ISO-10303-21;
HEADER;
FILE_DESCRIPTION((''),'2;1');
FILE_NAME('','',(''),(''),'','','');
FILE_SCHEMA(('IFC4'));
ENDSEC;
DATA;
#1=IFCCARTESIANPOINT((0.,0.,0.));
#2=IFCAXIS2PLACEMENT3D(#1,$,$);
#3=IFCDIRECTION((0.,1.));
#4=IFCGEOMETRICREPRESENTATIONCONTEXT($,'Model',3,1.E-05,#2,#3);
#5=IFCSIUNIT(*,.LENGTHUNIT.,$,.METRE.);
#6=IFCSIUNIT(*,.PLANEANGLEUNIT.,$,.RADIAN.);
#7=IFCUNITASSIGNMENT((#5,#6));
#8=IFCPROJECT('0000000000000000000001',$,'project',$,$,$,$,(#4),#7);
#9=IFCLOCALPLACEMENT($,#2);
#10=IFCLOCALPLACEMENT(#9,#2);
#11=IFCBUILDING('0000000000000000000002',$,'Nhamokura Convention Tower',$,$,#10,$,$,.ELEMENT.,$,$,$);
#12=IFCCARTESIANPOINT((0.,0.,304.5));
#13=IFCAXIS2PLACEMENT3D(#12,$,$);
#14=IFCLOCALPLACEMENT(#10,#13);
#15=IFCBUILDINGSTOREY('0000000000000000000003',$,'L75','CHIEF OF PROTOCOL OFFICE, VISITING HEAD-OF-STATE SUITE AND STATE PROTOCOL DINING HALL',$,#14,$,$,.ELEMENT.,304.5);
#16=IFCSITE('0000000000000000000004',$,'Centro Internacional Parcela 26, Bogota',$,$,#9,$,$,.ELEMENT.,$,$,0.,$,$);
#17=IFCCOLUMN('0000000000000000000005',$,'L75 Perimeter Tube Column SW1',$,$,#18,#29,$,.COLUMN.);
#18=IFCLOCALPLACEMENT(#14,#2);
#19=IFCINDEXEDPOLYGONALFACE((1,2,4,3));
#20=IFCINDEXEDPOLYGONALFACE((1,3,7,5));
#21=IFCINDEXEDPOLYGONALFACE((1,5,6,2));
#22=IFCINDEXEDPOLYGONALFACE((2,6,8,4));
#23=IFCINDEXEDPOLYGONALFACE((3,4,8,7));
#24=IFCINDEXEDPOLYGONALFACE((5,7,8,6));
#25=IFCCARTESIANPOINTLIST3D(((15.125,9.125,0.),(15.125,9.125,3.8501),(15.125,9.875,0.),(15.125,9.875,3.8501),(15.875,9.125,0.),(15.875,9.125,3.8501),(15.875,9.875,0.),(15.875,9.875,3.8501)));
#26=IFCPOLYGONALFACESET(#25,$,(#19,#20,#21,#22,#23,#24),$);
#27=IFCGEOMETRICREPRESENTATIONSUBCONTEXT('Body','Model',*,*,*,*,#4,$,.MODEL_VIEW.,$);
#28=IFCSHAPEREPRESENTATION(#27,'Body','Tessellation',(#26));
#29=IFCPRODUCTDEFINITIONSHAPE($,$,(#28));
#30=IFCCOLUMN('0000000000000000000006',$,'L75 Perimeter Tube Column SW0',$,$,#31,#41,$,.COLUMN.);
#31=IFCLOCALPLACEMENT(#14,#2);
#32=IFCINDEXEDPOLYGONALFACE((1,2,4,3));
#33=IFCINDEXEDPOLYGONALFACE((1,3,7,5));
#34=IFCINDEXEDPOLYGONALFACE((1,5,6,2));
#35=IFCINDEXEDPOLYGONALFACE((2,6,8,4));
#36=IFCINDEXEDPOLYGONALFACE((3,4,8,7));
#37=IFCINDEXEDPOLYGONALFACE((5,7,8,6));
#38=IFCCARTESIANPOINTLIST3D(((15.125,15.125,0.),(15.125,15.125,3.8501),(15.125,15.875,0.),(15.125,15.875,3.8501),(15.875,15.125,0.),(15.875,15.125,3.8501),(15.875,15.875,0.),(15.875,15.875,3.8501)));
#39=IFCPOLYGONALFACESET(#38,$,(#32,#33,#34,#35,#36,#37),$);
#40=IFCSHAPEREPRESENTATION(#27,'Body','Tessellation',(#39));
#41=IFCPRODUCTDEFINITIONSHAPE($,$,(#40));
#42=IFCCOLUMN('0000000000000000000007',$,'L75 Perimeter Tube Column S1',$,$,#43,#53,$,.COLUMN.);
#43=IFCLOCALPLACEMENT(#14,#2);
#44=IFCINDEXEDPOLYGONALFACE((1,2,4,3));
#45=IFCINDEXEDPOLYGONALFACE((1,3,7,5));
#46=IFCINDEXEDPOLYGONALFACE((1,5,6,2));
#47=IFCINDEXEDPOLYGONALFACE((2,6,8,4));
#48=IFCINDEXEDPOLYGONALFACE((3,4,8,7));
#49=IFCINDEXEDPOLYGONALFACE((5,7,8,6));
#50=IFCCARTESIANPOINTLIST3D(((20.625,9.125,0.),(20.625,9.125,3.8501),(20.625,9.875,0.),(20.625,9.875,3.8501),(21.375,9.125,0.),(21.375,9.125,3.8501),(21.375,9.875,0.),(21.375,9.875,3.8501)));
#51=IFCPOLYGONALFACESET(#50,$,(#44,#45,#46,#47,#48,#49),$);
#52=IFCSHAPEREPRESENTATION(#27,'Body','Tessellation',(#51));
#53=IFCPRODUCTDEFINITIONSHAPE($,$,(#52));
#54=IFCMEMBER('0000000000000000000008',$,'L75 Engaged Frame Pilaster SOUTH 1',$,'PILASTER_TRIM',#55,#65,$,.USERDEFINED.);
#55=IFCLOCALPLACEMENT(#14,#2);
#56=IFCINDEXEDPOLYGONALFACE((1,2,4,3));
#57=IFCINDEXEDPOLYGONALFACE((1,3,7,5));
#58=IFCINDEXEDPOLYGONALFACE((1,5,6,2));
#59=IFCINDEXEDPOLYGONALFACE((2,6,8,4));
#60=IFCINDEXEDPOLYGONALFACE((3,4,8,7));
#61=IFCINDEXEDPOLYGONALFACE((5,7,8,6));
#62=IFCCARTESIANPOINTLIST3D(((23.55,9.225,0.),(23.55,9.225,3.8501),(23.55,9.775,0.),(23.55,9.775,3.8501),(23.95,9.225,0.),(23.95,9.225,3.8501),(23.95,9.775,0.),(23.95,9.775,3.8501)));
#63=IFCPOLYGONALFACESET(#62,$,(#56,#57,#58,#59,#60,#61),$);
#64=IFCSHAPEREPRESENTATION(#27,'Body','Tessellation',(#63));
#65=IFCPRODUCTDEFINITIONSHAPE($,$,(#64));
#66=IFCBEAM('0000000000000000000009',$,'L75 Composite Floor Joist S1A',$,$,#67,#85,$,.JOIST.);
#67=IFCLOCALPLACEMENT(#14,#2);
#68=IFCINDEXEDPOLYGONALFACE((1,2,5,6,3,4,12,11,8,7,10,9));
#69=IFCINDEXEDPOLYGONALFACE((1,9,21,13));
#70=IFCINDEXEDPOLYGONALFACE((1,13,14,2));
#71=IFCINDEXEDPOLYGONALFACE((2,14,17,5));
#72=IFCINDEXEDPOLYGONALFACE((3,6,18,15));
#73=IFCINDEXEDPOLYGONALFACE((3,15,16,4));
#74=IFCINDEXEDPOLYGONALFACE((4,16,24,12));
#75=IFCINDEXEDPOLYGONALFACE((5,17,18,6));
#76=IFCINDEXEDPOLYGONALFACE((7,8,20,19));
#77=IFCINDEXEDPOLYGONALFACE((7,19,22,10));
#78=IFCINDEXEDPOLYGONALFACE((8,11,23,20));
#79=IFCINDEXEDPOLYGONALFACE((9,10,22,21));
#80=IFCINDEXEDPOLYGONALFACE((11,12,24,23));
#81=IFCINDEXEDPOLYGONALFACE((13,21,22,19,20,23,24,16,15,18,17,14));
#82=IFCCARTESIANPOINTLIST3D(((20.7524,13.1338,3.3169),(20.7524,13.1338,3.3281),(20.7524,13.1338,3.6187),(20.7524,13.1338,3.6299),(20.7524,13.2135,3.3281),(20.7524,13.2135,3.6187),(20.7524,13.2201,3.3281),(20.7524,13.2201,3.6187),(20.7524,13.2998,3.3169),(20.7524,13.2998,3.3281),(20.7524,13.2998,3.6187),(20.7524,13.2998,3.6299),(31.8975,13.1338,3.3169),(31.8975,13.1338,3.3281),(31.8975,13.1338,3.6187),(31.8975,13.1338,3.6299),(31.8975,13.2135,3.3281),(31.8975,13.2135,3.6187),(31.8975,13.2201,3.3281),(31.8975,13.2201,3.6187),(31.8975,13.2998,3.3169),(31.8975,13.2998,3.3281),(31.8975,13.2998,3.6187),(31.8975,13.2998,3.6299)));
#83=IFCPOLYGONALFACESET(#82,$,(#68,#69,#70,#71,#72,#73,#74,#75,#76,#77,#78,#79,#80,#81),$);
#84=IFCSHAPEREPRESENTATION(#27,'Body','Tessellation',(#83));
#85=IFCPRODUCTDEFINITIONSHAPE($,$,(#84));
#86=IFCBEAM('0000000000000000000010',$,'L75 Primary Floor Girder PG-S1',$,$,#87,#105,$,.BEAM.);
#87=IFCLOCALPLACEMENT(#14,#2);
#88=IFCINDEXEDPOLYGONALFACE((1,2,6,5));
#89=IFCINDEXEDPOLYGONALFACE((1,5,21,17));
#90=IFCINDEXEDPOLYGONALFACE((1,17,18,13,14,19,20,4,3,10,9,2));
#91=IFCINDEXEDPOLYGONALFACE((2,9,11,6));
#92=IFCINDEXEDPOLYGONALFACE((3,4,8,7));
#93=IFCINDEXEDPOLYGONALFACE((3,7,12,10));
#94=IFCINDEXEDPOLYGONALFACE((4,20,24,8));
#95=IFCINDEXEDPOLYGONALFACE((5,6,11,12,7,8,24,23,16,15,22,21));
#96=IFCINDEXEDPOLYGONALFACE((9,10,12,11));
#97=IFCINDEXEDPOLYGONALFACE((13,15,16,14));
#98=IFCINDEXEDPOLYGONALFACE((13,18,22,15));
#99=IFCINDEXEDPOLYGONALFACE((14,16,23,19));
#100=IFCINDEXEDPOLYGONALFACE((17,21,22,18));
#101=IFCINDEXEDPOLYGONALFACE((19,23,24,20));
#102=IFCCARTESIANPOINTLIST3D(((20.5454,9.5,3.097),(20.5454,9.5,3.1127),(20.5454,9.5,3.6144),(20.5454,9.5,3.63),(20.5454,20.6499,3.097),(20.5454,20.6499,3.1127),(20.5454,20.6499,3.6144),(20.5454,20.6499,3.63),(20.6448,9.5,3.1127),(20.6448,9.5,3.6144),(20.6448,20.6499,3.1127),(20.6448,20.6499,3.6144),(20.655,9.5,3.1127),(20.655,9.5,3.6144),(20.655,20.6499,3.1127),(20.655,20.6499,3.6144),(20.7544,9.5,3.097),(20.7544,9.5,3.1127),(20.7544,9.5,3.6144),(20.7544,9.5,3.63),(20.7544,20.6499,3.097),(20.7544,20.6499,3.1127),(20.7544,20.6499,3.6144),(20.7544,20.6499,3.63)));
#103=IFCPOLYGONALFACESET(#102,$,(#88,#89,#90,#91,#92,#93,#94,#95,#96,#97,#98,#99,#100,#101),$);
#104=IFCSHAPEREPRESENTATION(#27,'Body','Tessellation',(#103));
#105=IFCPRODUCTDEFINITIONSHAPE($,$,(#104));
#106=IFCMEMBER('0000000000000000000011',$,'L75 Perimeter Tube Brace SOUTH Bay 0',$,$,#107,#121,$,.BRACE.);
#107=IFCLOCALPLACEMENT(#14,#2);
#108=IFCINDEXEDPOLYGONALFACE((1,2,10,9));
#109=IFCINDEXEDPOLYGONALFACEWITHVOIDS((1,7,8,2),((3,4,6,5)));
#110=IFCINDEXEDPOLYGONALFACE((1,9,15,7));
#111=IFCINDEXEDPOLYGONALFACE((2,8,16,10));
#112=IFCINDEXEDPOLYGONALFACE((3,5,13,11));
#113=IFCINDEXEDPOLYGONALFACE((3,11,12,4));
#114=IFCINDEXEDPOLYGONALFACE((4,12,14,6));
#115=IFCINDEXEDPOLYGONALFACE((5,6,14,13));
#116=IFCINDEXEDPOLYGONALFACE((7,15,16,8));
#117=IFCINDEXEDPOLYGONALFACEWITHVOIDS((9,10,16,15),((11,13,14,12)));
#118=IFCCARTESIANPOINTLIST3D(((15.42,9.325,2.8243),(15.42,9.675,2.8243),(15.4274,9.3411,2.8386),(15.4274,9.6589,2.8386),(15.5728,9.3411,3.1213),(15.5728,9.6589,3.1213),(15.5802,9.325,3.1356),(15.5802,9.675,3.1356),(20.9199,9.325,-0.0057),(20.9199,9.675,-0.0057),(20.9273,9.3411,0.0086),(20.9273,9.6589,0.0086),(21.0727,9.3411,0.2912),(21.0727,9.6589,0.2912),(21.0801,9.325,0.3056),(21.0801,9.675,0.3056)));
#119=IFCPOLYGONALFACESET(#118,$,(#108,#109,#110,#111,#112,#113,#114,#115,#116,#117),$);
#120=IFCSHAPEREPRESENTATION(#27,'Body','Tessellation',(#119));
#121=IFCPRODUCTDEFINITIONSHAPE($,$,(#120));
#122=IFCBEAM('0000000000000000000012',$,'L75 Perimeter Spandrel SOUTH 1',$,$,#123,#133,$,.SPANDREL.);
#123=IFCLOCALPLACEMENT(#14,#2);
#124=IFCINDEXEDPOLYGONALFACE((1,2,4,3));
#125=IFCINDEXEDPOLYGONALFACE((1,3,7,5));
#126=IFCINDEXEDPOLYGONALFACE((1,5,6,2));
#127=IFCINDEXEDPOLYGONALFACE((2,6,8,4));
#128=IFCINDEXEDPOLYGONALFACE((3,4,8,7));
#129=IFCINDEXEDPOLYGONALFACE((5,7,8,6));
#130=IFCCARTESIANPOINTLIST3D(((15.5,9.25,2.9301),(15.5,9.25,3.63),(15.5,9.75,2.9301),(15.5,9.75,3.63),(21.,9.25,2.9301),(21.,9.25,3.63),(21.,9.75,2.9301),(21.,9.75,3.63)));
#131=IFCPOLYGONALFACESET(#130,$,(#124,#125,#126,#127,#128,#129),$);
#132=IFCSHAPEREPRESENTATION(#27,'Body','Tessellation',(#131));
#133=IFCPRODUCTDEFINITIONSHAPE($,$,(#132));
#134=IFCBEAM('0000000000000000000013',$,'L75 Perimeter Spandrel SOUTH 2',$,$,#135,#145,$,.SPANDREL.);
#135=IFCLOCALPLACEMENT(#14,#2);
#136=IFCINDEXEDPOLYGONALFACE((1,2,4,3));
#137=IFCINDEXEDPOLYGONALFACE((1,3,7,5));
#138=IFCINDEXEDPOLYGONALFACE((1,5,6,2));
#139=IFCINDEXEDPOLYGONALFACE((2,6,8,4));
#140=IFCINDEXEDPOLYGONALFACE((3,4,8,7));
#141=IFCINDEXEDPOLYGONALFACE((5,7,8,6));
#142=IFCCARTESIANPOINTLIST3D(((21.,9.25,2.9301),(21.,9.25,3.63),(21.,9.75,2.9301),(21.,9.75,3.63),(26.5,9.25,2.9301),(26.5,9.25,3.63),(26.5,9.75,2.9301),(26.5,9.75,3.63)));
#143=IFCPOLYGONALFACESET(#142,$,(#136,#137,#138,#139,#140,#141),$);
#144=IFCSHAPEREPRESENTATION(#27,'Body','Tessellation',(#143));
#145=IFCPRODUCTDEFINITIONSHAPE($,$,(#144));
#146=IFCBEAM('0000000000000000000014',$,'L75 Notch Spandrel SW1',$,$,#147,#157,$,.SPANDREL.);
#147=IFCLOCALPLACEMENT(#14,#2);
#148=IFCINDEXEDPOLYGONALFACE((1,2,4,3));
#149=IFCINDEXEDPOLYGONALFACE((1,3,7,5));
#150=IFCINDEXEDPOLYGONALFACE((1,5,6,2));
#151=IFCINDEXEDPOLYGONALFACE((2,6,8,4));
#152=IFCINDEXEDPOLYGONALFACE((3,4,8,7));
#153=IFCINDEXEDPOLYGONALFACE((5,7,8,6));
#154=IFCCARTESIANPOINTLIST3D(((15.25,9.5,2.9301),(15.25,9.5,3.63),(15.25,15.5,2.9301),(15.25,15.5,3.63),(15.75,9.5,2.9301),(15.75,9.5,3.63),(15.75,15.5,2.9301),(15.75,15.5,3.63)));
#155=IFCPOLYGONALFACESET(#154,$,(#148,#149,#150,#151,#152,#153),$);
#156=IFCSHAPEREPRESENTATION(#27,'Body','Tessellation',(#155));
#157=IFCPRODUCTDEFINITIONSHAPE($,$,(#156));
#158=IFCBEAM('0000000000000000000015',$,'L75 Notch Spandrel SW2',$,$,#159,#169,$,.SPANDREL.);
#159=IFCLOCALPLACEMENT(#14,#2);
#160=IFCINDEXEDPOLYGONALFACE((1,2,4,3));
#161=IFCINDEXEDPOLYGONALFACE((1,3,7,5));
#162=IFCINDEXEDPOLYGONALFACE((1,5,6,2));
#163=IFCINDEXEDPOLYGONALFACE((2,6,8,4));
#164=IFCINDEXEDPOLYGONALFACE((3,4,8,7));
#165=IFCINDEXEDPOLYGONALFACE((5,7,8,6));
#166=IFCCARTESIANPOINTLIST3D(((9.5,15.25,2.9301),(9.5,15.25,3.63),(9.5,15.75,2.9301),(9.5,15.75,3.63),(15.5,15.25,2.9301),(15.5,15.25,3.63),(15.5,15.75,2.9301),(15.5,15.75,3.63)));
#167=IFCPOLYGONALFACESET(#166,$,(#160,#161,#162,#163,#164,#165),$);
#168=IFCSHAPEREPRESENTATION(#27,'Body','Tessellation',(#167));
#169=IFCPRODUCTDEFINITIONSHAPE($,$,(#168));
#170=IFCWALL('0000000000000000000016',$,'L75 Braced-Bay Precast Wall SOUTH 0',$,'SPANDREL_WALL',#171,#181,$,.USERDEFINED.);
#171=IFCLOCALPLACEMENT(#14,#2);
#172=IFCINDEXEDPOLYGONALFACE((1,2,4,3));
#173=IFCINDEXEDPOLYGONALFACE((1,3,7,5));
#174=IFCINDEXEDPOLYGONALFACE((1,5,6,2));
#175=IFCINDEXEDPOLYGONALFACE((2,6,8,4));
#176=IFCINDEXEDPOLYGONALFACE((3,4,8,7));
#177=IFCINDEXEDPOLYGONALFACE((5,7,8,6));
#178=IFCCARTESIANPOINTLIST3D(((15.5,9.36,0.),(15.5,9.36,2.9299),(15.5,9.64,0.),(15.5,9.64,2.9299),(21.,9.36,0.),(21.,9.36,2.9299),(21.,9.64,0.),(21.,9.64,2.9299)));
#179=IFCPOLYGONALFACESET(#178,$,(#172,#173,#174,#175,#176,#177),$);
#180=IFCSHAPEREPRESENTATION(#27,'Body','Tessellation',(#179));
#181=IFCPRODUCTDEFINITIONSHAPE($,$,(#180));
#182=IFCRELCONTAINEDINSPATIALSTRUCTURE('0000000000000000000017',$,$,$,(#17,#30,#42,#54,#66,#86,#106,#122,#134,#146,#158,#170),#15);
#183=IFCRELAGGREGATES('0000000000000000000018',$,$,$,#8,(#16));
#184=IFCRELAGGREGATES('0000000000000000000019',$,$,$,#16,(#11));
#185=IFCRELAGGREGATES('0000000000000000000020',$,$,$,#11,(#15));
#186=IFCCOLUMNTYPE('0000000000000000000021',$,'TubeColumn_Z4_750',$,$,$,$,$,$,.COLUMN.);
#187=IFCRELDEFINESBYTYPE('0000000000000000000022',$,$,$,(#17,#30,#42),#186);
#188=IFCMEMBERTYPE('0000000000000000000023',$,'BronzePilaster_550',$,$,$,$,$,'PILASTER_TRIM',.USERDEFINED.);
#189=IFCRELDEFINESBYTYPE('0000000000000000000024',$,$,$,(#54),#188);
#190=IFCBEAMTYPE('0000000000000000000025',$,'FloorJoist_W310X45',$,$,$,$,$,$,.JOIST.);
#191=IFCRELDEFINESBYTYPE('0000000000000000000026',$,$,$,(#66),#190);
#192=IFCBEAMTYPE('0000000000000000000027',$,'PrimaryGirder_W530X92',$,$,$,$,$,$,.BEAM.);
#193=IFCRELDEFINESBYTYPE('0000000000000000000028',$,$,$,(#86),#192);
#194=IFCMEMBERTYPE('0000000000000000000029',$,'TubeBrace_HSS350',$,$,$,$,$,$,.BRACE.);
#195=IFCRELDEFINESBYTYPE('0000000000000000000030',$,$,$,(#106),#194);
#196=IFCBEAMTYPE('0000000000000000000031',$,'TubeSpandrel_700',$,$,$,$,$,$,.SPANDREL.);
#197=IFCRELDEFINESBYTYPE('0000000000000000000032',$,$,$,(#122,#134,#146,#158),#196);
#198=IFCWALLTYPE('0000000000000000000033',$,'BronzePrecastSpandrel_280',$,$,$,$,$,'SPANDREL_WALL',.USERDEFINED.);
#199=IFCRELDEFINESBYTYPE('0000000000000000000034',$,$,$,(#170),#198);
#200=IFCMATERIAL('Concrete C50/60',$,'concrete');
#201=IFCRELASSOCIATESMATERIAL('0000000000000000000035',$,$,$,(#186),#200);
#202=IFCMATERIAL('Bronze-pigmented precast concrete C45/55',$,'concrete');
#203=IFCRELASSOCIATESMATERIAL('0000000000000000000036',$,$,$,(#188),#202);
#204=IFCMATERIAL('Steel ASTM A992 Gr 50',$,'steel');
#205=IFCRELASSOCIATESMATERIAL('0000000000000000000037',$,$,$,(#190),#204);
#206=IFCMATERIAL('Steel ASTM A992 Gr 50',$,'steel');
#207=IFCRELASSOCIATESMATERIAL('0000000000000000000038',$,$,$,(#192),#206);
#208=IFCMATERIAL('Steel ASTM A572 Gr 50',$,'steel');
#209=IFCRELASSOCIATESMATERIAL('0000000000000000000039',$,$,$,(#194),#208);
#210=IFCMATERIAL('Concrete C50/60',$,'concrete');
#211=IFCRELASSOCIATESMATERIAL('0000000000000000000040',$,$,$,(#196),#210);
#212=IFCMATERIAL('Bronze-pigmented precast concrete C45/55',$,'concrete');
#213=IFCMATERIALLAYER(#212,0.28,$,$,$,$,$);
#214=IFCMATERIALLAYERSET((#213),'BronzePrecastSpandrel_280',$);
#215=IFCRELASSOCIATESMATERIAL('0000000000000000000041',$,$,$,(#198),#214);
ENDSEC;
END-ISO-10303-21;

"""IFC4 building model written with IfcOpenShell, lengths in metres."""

from ifc_helpers import new_model, si_unit, direction, frame, frame_2d, origin, origin_2d, place, context, subcontext, project, spatial, rectangle, hollow_rectangle, i_section, extrude, material, layer, layer_set, material_profile, profile_set, type_object, element, save


model = new_model("IFC4")

# Units and contexts
model_context = context("Model", 3, precision=1e-05, world=origin(), true_north=direction((0.0, 1.0)))
body_context = subcontext(model_context, "Body", "Model", "MODEL_VIEW")
ifc_project = project(units=[si_unit("LENGTHUNIT", "METRE"), si_unit("PLANEANGLEUNIT", "RADIAN")], contexts=[model_context])

# Site, building, storey
site_placement = place(None, origin())
site = spatial("IfcSite", under=ifc_project, at=site_placement, Name="Centro Internacional Parcela 26, Bogota", CompositionType="ELEMENT", RefElevation=0.0)
building_placement = place(site_placement, origin())
building = spatial("IfcBuilding", under=site, at=building_placement, Name="Nhamokura Convention Tower", CompositionType="ELEMENT")
storey_placement = place(building_placement, frame((0.0, 0.0, 304.5)))
storey = spatial("IfcBuildingStorey", under=building, at=storey_placement, Name="L75", Description="CHIEF OF PROTOCOL OFFICE, VISITING HEAD-OF-STATE SUITE AND STATE PROTOCOL DINING HALL", CompositionType="ELEMENT", Elevation=304.5)

# Columns
ifc_material_1 = material(Name="Concrete C50/60", Category="concrete")
ifc_material_profile_1 = material_profile(ifc_material_1, rectangle(XDim=0.75, YDim=0.75, at=origin_2d()))
ifc_profile_set_1 = profile_set([ifc_material_profile_1], Name="Concrete C50/60")
column_type = type_object("IfcColumnType", Name="TubeColumn_Z4_750", PredefinedType="COLUMN", material=ifc_profile_set_1)
for number, where, z_axis, x_axis, name in (
    (1, (15.5, 9.5, 0.0), (0.0, 0.0, 1.0), (1.0, 0.0, 0.0), "L75 Perimeter Tube Column SW1"),
    (2, (15.5, 15.5, 0.0), (0.0, 0.0, 1.0), (1.0, 0.0, 0.0), "L75 Perimeter Tube Column SW0"),
    (3, (21.0, 9.5, 0.0), (0.0, 0.0, 1.0), (1.0, 0.0, 0.0), "L75 Perimeter Tube Column S1"),
):
    element("IfcColumn", number, at=place(storey_placement, frame(where, z_axis=z_axis, x_axis=x_axis)), inside=storey, type_object=column_type, Name=name, PredefinedType="COLUMN", context=body_context, shape_type="SweptSolid", body=[
        extrude(rectangle(XDim=0.75, YDim=0.75, at=origin_2d()), origin(), (0.0, 0.0, 1.0), 3.8501),
    ])

# Member
ifc_material_2 = material(Name="Bronze-pigmented precast concrete C45/55", Category="concrete")
ifc_material_profile_2 = material_profile(ifc_material_2, rectangle(XDim=0.3999, YDim=0.55, at=origin_2d()))
ifc_profile_set_2 = profile_set([ifc_material_profile_2], Name="Bronze-pigmented precast concrete C45/55")
member_type_1 = type_object("IfcMemberType", Name="BronzePilaster_550", ElementType="PILASTER_TRIM", PredefinedType="USERDEFINED", material=ifc_profile_set_2)
member_1_placement = place(storey_placement, frame((23.75, 9.5, 0.0), z_axis=(0.0, 0.0, 1.0), x_axis=(1.0, 0.0, 0.0)))
element("IfcMember", 4, at=member_1_placement, inside=storey, type_object=member_type_1, Name="L75 Engaged Frame Pilaster SOUTH 1", ObjectType="PILASTER_TRIM", PredefinedType="USERDEFINED", context=body_context, shape_type="SweptSolid", body=[
    extrude(rectangle(XDim=0.3999, YDim=0.55, at=origin_2d()), origin(), (0.0, 0.0, 1.0), 3.8501),
])

# Beams
ifc_material_3 = material(Name="Steel ASTM A992 Gr 50", Category="steel")
ifc_material_profile_3 = material_profile(ifc_material_3, i_section(OverallWidth=0.166, OverallDepth=0.313, WebThickness=0.0066, FlangeThickness=0.0112, at=origin_2d()))
ifc_profile_set_3 = profile_set([ifc_material_profile_3], Name="Steel ASTM A992 Gr 50")
beam_type_1 = type_object("IfcBeamType", Name="FloorJoist_W310X45", PredefinedType="JOIST", material=ifc_profile_set_3)
beam_1_placement = place(storey_placement, frame((20.7524, 13.2168, 3.4734), z_axis=(1.0, 0.0, 0.0), x_axis=(0.0, 1.0, 0.0)))
element("IfcBeam", 5, at=beam_1_placement, inside=storey, type_object=beam_type_1, Name="L75 Composite Floor Joist S1A", PredefinedType="JOIST", context=body_context, shape_type="SweptSolid", body=[
    extrude(i_section(OverallWidth=0.166, OverallDepth=0.313, WebThickness=0.0066, FlangeThickness=0.0112, at=origin_2d()), origin(), (0.0, 0.0, 1.0), 11.145),
])
ifc_material_4 = material(Name="Steel ASTM A992 Gr 50", Category="steel")
ifc_material_profile_4 = material_profile(ifc_material_4, i_section(OverallWidth=0.209, OverallDepth=0.533, WebThickness=0.0103, FlangeThickness=0.0156, at=origin_2d()))
ifc_profile_set_4 = profile_set([ifc_material_profile_4], Name="Steel ASTM A992 Gr 50")
beam_type_2 = type_object("IfcBeamType", Name="PrimaryGirder_W530X92", PredefinedType="BEAM", material=ifc_profile_set_4)
beam_2_placement = place(storey_placement, frame((20.6499, 9.5, 3.3635), z_axis=(0.0, 1.0, 0.0), x_axis=(-1.0, 0.0, 0.0)))
element("IfcBeam", 6, at=beam_2_placement, inside=storey, type_object=beam_type_2, Name="L75 Primary Floor Girder PG-S1", PredefinedType="BEAM", context=body_context, shape_type="SweptSolid", body=[
    extrude(i_section(OverallWidth=0.209, OverallDepth=0.533, WebThickness=0.0103, FlangeThickness=0.0156, at=origin_2d()), origin(), (0.0, 0.0, 1.0), 11.1499),
])

# Member
ifc_material_5 = material(Name="Steel ASTM A572 Gr 50", Category="steel")
ifc_material_profile_5 = material_profile(ifc_material_5, hollow_rectangle(XDim=0.3501, YDim=0.3501, WallThickness=0.0161, at=origin_2d()))
ifc_profile_set_5 = profile_set([ifc_material_profile_5], Name="Steel ASTM A572 Gr 50")
member_type_2 = type_object("IfcMemberType", Name="TubeBrace_HSS350", PredefinedType="BRACE", material=ifc_profile_set_5)
member_2_placement = place(storey_placement, frame((21.0, 9.5, 0.1499), z_axis=(-0.889189, 0.0, 0.457541), x_axis=(0.0, -1.0, 0.0)))
element("IfcMember", 7, at=member_2_placement, inside=storey, type_object=member_type_2, Name="L75 Perimeter Tube Brace SOUTH Bay 0", PredefinedType="BRACE", context=body_context, shape_type="SweptSolid", body=[
    extrude(hollow_rectangle(XDim=0.3501, YDim=0.3501, WallThickness=0.0161, at=origin_2d()), origin(), (0.0, 0.0, 1.0), 6.1853),
])

# Beams
ifc_material_6 = material(Name="Concrete C50/60", Category="concrete")
ifc_material_profile_6 = material_profile(ifc_material_6, rectangle(XDim=0.5, YDim=0.7, at=origin_2d()))
ifc_profile_set_6 = profile_set([ifc_material_profile_6], Name="Concrete C50/60")
beam_type_3 = type_object("IfcBeamType", Name="TubeSpandrel_700", PredefinedType="SPANDREL", material=ifc_profile_set_6)
for number, where, z_axis, x_axis, name in (
    (8, (15.5, 9.5, 3.28), (1.0, 0.0, 0.0), (0.0, 1.0, 0.0), "L75 Perimeter Spandrel SOUTH 1"),
    (9, (21.0, 9.5, 3.28), (1.0, 0.0, 0.0), (0.0, 1.0, 0.0), "L75 Perimeter Spandrel SOUTH 2"),
):
    element("IfcBeam", number, at=place(storey_placement, frame(where, z_axis=z_axis, x_axis=x_axis)), inside=storey, type_object=beam_type_3, Name=name, PredefinedType="SPANDREL", context=body_context, shape_type="SweptSolid", body=[
        extrude(rectangle(XDim=0.5, YDim=0.7, at=origin_2d()), origin(), (0.0, 0.0, 1.0), 5.5),
    ])
for number, where, z_axis, x_axis, name in (
    (10, (15.5, 9.5, 3.28), (0.0, 1.0, 0.0), (-1.0, 0.0, 0.0), "L75 Notch Spandrel SW1"),
    (11, (15.5, 15.5, 3.28), (-1.0, 0.0, 0.0), (0.0, -1.0, 0.0), "L75 Notch Spandrel SW2"),
):
    element("IfcBeam", number, at=place(storey_placement, frame(where, z_axis=z_axis, x_axis=x_axis)), inside=storey, type_object=beam_type_3, Name=name, PredefinedType="SPANDREL", context=body_context, shape_type="SweptSolid", body=[
        extrude(rectangle(XDim=0.5, YDim=0.7, at=origin_2d()), origin(), (0.0, 0.0, 1.0), 6.0),
    ])

# Wall
ifc_material_7 = material(Name="Bronze-pigmented precast concrete C45/55", Category="concrete")
ifc_layer_1 = layer(ifc_material_7, 0.28)
ifc_layer_set_1 = layer_set([ifc_layer_1], Name="BronzePrecastSpandrel_280")
wall_type_1 = type_object("IfcWallType", Name="BronzePrecastSpandrel_280", ElementType="SPANDREL_WALL", PredefinedType="USERDEFINED", material=ifc_layer_set_1)
wall_1_placement = place(storey_placement, frame((21.0, 9.5, 0.0), z_axis=(0.0, 0.0, 1.0), x_axis=(-1.0, 0.0, 0.0)))
element("IfcWall", 12, at=wall_1_placement, inside=storey, type_object=wall_type_1, Name="L75 Braced-Bay Precast Wall SOUTH 0", ObjectType="SPANDREL_WALL", PredefinedType="USERDEFINED", context=body_context, shape_type="SweptSolid", body=[
    extrude(rectangle(XDim=5.5, YDim=0.28, at=frame_2d((2.75, 0.0))), origin(), (0.0, 0.0, 1.0), 2.9299),
])

save(model, "model.ifc")
